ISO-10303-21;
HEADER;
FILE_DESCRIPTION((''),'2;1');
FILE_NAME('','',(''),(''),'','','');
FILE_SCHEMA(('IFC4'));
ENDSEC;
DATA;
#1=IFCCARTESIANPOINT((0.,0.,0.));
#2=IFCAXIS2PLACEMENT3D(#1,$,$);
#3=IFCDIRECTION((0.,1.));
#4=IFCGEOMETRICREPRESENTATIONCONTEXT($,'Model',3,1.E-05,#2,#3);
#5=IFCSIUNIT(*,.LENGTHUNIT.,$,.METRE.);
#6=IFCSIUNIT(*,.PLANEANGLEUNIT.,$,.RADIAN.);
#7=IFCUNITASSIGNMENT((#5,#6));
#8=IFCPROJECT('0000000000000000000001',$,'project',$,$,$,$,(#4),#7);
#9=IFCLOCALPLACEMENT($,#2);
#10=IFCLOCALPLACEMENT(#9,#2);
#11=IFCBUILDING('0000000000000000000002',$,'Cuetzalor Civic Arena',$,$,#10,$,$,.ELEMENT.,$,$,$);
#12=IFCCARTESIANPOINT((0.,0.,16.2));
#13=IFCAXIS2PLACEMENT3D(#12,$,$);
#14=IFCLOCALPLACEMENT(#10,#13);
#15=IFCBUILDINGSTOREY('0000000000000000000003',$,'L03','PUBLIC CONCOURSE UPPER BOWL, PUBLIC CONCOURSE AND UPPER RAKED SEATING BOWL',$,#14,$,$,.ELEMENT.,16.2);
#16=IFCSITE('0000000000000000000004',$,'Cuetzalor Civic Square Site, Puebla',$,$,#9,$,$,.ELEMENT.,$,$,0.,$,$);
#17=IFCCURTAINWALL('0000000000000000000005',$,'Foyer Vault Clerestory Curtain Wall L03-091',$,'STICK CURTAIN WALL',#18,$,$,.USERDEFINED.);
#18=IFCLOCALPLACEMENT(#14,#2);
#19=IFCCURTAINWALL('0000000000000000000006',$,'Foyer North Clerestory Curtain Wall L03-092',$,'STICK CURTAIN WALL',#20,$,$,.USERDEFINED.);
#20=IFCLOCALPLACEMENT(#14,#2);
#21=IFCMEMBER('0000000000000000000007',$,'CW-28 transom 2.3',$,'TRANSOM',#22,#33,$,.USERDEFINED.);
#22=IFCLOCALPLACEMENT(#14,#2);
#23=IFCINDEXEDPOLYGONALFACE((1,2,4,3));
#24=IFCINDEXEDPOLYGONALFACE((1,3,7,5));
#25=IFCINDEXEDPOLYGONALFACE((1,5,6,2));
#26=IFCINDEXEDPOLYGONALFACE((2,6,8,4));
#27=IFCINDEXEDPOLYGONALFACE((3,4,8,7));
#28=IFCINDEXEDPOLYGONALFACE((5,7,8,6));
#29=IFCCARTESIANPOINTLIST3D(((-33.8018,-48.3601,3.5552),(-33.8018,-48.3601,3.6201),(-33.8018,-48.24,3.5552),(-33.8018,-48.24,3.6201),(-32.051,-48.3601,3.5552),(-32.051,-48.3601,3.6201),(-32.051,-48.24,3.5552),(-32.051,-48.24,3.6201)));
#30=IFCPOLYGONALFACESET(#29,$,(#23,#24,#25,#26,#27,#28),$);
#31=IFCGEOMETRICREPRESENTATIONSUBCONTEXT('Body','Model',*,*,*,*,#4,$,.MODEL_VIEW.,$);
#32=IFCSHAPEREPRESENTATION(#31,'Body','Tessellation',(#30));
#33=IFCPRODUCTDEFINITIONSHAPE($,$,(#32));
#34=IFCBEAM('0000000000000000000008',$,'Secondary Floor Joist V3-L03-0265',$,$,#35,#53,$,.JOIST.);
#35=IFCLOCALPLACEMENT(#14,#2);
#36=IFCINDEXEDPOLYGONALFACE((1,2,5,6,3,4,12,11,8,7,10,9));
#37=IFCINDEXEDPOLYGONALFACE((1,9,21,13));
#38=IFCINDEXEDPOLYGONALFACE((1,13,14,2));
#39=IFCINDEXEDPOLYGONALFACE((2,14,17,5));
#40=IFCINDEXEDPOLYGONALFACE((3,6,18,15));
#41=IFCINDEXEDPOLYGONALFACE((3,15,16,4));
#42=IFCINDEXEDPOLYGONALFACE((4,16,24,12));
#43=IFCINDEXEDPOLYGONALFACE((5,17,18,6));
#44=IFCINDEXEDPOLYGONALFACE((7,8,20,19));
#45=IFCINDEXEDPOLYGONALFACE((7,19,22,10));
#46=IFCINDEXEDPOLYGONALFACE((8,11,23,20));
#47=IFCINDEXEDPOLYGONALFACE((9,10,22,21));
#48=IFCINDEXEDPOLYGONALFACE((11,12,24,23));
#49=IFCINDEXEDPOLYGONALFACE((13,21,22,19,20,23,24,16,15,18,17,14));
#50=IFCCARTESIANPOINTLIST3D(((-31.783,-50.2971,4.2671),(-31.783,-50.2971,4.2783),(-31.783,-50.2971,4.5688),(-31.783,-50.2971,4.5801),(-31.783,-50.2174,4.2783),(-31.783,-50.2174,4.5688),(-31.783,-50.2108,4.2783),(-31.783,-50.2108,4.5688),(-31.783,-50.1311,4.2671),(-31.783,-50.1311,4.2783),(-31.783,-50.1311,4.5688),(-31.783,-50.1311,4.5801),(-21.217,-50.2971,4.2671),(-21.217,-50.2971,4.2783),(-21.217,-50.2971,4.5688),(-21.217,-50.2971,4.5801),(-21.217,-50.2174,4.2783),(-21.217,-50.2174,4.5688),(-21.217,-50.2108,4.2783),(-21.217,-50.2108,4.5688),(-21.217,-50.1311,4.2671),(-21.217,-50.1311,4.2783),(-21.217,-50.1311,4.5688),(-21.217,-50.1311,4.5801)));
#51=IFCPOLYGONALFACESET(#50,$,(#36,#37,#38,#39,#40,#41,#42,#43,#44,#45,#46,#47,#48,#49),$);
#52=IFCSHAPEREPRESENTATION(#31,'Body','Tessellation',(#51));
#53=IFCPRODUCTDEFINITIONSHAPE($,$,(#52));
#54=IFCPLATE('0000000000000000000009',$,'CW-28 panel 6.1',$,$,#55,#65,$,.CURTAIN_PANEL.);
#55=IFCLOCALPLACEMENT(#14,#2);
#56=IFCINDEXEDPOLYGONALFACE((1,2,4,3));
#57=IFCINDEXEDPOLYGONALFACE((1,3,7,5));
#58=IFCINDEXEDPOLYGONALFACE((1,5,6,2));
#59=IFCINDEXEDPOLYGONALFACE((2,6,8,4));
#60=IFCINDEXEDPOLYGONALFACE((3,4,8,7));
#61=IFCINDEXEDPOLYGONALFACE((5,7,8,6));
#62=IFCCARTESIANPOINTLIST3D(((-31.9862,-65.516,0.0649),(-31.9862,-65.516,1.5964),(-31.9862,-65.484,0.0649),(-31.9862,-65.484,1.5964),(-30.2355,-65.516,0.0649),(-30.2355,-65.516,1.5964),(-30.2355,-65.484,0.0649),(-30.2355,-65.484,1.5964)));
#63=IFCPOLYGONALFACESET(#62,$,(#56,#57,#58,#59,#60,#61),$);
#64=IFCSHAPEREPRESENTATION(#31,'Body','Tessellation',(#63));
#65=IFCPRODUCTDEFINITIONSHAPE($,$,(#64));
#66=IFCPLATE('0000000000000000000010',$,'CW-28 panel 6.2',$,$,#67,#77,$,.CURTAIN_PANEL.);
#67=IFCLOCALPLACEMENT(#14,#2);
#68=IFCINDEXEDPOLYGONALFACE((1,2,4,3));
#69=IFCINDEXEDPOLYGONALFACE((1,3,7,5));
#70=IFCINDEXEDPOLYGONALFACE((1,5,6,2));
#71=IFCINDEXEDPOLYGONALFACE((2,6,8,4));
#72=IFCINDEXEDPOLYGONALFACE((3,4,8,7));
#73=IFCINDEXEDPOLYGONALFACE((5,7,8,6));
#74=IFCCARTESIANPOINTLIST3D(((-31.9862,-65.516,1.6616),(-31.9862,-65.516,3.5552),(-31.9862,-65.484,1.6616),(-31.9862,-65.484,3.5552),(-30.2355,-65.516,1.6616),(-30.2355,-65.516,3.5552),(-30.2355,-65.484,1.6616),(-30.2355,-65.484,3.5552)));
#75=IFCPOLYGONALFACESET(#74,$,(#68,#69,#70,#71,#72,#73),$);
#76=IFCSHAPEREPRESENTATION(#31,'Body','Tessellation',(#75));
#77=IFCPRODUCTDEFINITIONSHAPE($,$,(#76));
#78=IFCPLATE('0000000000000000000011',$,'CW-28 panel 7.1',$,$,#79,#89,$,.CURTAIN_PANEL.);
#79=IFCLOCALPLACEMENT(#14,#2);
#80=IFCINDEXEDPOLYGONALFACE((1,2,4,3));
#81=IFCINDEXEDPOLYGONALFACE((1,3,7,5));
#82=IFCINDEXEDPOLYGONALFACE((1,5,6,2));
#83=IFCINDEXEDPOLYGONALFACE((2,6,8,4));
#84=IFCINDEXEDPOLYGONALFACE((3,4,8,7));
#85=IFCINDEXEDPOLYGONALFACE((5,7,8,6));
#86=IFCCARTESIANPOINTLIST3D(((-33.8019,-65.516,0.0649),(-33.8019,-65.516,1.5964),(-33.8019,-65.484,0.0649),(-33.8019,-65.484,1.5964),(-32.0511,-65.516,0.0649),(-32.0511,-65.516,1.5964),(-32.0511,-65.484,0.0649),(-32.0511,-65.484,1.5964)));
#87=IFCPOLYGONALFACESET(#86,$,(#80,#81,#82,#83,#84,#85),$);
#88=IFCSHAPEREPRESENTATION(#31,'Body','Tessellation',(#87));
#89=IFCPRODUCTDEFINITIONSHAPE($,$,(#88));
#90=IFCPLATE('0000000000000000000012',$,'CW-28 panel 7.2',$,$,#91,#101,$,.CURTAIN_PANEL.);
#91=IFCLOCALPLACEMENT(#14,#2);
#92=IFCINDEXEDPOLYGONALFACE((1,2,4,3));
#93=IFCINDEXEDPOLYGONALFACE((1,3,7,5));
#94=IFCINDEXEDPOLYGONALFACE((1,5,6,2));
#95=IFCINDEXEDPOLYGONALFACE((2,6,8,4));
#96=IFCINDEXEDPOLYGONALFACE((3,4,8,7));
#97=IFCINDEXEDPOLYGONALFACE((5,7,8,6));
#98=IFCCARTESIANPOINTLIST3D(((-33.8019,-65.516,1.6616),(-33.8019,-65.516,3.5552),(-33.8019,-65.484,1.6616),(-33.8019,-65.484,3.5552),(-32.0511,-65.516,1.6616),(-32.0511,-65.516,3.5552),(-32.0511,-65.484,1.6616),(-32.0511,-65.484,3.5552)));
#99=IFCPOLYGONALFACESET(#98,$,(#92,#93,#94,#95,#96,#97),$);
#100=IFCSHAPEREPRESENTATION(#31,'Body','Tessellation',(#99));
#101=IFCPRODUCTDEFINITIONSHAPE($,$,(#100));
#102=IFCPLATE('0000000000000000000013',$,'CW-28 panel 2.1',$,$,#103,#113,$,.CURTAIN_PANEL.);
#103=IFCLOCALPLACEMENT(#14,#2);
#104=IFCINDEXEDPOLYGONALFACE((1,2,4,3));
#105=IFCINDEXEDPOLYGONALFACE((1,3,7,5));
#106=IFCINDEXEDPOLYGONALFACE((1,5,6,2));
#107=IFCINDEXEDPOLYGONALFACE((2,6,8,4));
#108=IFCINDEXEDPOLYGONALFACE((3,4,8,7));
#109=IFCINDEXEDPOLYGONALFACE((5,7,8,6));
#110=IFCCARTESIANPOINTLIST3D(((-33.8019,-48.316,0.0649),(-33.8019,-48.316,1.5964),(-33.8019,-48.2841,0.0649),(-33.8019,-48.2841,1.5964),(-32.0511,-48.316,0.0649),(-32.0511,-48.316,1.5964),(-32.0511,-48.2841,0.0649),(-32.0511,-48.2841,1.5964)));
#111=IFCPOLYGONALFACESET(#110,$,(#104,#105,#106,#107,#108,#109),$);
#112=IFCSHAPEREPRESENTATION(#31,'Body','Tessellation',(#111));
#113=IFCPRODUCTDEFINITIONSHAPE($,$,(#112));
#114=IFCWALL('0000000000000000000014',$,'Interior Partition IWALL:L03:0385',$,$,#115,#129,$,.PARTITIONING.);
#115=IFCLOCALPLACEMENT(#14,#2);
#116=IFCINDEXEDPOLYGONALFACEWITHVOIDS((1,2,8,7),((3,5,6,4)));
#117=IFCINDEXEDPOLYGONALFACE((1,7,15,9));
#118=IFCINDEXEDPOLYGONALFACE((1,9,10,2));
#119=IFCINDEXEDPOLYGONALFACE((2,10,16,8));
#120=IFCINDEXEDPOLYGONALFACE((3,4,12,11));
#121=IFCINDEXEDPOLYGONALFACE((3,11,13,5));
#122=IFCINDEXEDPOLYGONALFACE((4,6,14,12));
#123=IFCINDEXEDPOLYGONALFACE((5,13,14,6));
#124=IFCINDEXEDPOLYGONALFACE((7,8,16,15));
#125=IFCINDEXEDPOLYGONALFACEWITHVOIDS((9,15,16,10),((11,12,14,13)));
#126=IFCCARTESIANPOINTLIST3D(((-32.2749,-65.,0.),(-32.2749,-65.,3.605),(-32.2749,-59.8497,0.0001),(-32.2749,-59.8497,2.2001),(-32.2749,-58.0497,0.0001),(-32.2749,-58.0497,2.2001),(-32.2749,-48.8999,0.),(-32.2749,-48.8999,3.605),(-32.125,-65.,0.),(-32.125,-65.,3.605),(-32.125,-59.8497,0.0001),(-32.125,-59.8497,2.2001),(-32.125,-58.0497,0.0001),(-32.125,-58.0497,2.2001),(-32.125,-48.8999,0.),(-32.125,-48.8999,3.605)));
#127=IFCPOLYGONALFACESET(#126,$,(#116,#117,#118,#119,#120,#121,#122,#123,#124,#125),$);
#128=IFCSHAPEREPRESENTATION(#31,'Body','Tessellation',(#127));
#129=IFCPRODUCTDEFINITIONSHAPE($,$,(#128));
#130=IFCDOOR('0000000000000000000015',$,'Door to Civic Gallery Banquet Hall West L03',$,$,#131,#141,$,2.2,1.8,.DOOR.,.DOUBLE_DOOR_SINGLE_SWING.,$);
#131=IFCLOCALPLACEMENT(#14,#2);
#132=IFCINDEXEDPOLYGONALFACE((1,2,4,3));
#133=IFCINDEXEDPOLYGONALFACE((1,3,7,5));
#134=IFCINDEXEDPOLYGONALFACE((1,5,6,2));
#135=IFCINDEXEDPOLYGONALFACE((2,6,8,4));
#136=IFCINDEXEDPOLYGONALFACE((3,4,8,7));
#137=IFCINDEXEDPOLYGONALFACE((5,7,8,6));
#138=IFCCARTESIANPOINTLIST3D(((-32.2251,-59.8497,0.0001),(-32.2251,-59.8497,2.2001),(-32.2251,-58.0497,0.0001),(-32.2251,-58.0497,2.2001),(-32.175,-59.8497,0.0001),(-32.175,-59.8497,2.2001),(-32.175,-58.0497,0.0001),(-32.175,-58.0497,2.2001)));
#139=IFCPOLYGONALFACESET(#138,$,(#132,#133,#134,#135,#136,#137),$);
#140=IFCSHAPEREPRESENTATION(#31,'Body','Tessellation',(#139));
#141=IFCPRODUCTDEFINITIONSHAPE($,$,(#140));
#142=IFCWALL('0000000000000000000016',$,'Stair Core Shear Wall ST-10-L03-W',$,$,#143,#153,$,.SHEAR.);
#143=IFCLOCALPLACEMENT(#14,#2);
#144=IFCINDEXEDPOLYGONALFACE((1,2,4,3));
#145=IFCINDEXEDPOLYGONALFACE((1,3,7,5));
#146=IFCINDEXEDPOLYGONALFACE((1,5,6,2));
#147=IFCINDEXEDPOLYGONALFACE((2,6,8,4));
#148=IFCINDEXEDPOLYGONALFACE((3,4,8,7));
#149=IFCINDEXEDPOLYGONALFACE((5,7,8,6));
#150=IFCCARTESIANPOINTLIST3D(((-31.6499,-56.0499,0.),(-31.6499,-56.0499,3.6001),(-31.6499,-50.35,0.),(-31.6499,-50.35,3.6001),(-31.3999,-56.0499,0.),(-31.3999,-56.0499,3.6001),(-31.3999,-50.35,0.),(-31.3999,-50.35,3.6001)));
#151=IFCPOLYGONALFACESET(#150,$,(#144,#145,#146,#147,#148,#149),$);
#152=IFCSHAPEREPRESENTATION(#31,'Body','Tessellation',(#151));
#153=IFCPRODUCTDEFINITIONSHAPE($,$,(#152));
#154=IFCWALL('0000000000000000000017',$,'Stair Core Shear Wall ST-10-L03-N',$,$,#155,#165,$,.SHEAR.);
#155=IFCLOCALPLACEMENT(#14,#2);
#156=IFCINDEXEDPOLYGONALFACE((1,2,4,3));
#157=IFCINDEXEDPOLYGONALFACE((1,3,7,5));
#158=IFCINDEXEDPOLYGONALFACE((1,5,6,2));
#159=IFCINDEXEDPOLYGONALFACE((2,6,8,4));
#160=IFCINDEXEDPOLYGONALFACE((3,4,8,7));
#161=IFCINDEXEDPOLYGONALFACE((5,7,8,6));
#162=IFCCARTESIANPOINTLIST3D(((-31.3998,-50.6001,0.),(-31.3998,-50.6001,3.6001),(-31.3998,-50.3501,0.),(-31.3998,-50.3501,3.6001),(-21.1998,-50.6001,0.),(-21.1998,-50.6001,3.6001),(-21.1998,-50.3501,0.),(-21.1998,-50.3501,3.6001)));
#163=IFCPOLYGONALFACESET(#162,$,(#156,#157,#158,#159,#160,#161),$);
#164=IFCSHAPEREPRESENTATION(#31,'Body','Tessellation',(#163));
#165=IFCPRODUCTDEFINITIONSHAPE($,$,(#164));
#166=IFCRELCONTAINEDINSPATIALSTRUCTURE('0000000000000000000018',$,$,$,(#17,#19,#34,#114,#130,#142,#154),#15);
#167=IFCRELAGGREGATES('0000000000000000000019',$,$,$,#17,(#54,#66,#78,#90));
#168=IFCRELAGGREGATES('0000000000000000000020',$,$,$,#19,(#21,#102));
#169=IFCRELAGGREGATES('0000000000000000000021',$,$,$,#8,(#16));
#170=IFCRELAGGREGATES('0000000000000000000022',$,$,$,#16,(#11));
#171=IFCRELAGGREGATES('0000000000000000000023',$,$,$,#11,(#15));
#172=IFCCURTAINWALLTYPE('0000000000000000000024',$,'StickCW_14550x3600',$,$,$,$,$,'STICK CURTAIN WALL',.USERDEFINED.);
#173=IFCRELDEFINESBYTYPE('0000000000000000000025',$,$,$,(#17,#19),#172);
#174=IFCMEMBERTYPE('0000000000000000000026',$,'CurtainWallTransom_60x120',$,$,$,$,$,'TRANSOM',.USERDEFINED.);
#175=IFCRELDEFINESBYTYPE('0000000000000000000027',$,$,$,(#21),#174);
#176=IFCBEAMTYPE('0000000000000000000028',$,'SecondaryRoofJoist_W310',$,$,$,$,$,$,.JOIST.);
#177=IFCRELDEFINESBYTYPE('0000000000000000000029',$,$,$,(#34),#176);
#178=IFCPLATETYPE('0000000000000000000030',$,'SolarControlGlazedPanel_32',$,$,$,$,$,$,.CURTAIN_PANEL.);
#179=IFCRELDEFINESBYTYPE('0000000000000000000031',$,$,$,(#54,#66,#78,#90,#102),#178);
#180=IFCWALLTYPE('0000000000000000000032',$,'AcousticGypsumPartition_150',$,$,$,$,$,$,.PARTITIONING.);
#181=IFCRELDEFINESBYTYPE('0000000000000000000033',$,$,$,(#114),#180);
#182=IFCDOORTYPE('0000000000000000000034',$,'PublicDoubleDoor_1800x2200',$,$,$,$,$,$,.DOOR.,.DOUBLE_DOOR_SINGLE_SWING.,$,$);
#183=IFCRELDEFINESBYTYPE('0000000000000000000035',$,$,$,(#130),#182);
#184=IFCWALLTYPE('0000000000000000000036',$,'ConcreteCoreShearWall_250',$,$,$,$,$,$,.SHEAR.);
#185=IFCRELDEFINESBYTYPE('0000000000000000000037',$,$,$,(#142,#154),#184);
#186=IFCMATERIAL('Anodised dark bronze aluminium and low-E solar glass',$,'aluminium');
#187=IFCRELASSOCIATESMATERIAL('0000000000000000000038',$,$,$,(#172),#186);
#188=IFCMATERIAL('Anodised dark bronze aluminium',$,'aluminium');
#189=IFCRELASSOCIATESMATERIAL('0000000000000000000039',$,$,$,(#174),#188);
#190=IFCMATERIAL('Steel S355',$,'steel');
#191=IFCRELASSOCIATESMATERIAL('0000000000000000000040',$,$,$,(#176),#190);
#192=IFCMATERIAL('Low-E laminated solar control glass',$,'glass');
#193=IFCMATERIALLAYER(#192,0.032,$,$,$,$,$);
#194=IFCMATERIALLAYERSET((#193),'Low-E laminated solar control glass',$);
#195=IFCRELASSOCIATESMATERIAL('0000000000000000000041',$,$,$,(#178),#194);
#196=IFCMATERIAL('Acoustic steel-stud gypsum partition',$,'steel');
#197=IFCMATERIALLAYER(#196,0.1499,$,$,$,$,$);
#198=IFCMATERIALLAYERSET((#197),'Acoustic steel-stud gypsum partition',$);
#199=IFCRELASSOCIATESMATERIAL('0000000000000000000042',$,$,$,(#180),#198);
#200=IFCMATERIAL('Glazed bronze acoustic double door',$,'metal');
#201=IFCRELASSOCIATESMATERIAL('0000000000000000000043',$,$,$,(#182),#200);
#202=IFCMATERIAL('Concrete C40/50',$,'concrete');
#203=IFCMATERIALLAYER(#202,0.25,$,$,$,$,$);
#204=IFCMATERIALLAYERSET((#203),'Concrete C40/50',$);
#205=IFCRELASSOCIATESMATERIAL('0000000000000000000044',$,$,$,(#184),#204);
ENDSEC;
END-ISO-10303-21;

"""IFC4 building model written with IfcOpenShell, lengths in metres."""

from ifc_helpers import new_model, si_unit, direction, frame, frame_2d, origin, origin_2d, place, context, subcontext, project, spatial, rectangle, i_section, extrude, material, layer, layer_set, material_profile, profile_set, type_object, element, fill, aggregate, save


model = new_model("IFC4")

# Units and contexts
model_context = context("Model", 3, precision=1e-05, world=origin(), true_north=direction((0.0, 1.0)))
body_context = subcontext(model_context, "Body", "Model", "MODEL_VIEW")
ifc_project = project(units=[si_unit("LENGTHUNIT", "METRE"), si_unit("PLANEANGLEUNIT", "RADIAN")], contexts=[model_context])

# Site, building, storey
site_placement = place(None, origin())
site = spatial("IfcSite", under=ifc_project, at=site_placement, Name="Cuetzalor Civic Square Site, Puebla", CompositionType="ELEMENT", RefElevation=0.0)
building_placement = place(site_placement, origin())
building = spatial("IfcBuilding", under=site, at=building_placement, Name="Cuetzalor Civic Arena", CompositionType="ELEMENT")
storey_placement = place(building_placement, frame((0.0, 0.0, 16.2)))
storey = spatial("IfcBuildingStorey", under=building, at=storey_placement, Name="L03", Description="PUBLIC CONCOURSE UPPER BOWL, PUBLIC CONCOURSE AND UPPER RAKED SEATING BOWL", CompositionType="ELEMENT", Elevation=16.2)

# Curtain walls
ifc_material_1 = material(Name="Anodised dark bronze aluminium and low-E solar glass", Category="aluminium")
curtain_wall_type = type_object("IfcCurtainWallType", Name="StickCW_14550x3600", ElementType="STICK CURTAIN WALL", PredefinedType="USERDEFINED", material=ifc_material_1)
curtain_wall_1_placement = place(storey_placement, origin())
curtain_wall_1 = element("IfcCurtainWall", 1, at=curtain_wall_1_placement, inside=storey, type_object=curtain_wall_type, Name="Foyer Vault Clerestory Curtain Wall L03-091", ObjectType="STICK CURTAIN WALL", PredefinedType="USERDEFINED")
curtain_wall_2_placement = place(storey_placement, origin())
curtain_wall_2 = element("IfcCurtainWall", 2, at=curtain_wall_2_placement, inside=storey, type_object=curtain_wall_type, Name="Foyer North Clerestory Curtain Wall L03-092", ObjectType="STICK CURTAIN WALL", PredefinedType="USERDEFINED")

# Member
ifc_material_2 = material(Name="Anodised dark bronze aluminium", Category="aluminium")
ifc_material_profile_1 = material_profile(ifc_material_2, rectangle(XDim=0.1201, YDim=0.0649, at=origin_2d()), Name="ALU TRANSOM 65x120")
ifc_profile_set_1 = profile_set([ifc_material_profile_1], Name="Anodised dark bronze aluminium")
member_type_1 = type_object("IfcMemberType", Name="CurtainWallTransom_60x120", ElementType="TRANSOM", PredefinedType="USERDEFINED", material=ifc_profile_set_1)
member_1_placement = place(storey_placement, frame((-33.8018, -48.3, 3.5876), z_axis=(1.0, 0.0, 0.0), x_axis=(0.0, 1.0, 0.0)))
member_1 = element("IfcMember", 3, at=member_1_placement, type_object=member_type_1, Name="CW-28 transom 2.3", ObjectType="TRANSOM", PredefinedType="USERDEFINED", context=body_context, shape_type="SweptSolid", body=[
    extrude(rectangle(XDim=0.1201, YDim=0.0649, at=origin_2d()), origin(), (0.0, 0.0, 1.0), 1.7507),
])

# Beam
ifc_material_3 = material(Name="Steel S355", Category="steel")
ifc_material_profile_2 = material_profile(ifc_material_3, i_section(OverallWidth=0.166, OverallDepth=0.313, WebThickness=0.0066, FlangeThickness=0.0112, at=origin_2d()), Name="W310x45")
ifc_profile_set_2 = profile_set([ifc_material_profile_2], Name="Steel S355")
beam_type_1 = type_object("IfcBeamType", Name="SecondaryRoofJoist_W310", PredefinedType="JOIST", material=ifc_profile_set_2)
beam_1_placement = place(storey_placement, frame((-31.783, -50.2141, 4.4236), z_axis=(1.0, 0.0, 0.0), x_axis=(0.0, 1.0, 0.0)))
element("IfcBeam", 4, at=beam_1_placement, inside=storey, type_object=beam_type_1, Name="Secondary Floor Joist V3-L03-0265", PredefinedType="JOIST", context=body_context, shape_type="SweptSolid", body=[
    extrude(i_section(OverallWidth=0.166, OverallDepth=0.313, WebThickness=0.0066, FlangeThickness=0.0112, at=origin_2d()), origin(), (0.0, 0.0, 1.0), 10.5659),
])

# Plates
ifc_material_4 = material(Name="Low-E laminated solar control glass", Category="glass")
ifc_layer_1 = layer(ifc_material_4, 0.032)
ifc_layer_set_1 = layer_set([ifc_layer_1], Name="Low-E laminated solar control glass")
plate_type = type_object("IfcPlateType", Name="SolarControlGlazedPanel_32", PredefinedType="CURTAIN_PANEL", material=ifc_layer_set_1)
plate_1_placement = place(storey_placement, frame((-31.1108, -65.5, 0.0649), z_axis=(0.0, 0.0, 1.0), x_axis=(-1.0, 0.0, 0.0)))
plate_1 = element("IfcPlate", 5, at=plate_1_placement, type_object=plate_type, Name="CW-28 panel 6.1", PredefinedType="CURTAIN_PANEL", context=body_context, shape_type="SweptSolid", body=[
    extrude(rectangle(XDim=1.7507, YDim=0.032, at=origin_2d()), origin(), (0.0, 0.0, 1.0), 1.5315),
])
plate_2_placement = place(storey_placement, frame((-31.1108, -65.5, 1.6616), z_axis=(0.0, 0.0, 1.0), x_axis=(-1.0, 0.0, 0.0)))
plate_2 = element("IfcPlate", 6, at=plate_2_placement, type_object=plate_type, Name="CW-28 panel 6.2", PredefinedType="CURTAIN_PANEL", context=body_context, shape_type="SweptSolid", body=[
    extrude(rectangle(XDim=1.7507, YDim=0.032, at=origin_2d()), origin(), (0.0, 0.0, 1.0), 1.8936),
])
plate_3_placement = place(storey_placement, frame((-32.9265, -65.5, 0.0649), z_axis=(0.0, 0.0, 1.0), x_axis=(-1.0, 0.0, 0.0)))
plate_3 = element("IfcPlate", 7, at=plate_3_placement, type_object=plate_type, Name="CW-28 panel 7.1", PredefinedType="CURTAIN_PANEL", context=body_context, shape_type="SweptSolid", body=[
    extrude(rectangle(XDim=1.7507, YDim=0.032, at=origin_2d()), origin(), (0.0, 0.0, 1.0), 1.5315),
])
plate_4_placement = place(storey_placement, frame((-32.9265, -65.5, 1.6616), z_axis=(0.0, 0.0, 1.0), x_axis=(-1.0, 0.0, 0.0)))
plate_4 = element("IfcPlate", 8, at=plate_4_placement, type_object=plate_type, Name="CW-28 panel 7.2", PredefinedType="CURTAIN_PANEL", context=body_context, shape_type="SweptSolid", body=[
    extrude(rectangle(XDim=1.7507, YDim=0.032, at=origin_2d()), origin(), (0.0, 0.0, 1.0), 1.8936),
])
aggregate(curtain_wall_1, [plate_1, plate_2, plate_3, plate_4])
plate_5_placement = place(storey_placement, frame((-32.9265, -48.3, 0.0649), z_axis=(0.0, 0.0, 1.0), x_axis=(1.0, 0.0, 0.0)))
plate_5 = element("IfcPlate", 9, at=plate_5_placement, type_object=plate_type, Name="CW-28 panel 2.1", PredefinedType="CURTAIN_PANEL", context=body_context, shape_type="SweptSolid", body=[
    extrude(rectangle(XDim=1.7507, YDim=0.032, at=origin_2d()), origin(), (0.0, 0.0, 1.0), 1.5315),
])
aggregate(curtain_wall_2, [member_1, plate_5])

# Wall, opening, door
ifc_material_5 = material(Name="Acoustic steel-stud gypsum partition", Category="steel")
ifc_layer_2 = layer(ifc_material_5, 0.1499)
ifc_layer_set_2 = layer_set([ifc_layer_2], Name="Acoustic steel-stud gypsum partition")
wall_type_1 = type_object("IfcWallType", Name="AcousticGypsumPartition_150", PredefinedType="PARTITIONING", material=ifc_layer_set_2)
wall_1_placement = place(storey_placement, frame((-32.2, -48.8999, 0.0), z_axis=(0.0, 0.0, 1.0), x_axis=(0.0, -1.0, 0.0)))
wall_1 = element("IfcWall", 10, at=wall_1_placement, inside=storey, type_object=wall_type_1, Name="Interior Partition IWALL:L03:0385", PredefinedType="PARTITIONING", context=body_context, shape_type="SweptSolid", body=[
    extrude(rectangle(XDim=16.1001, YDim=0.1499, at=frame_2d((8.05, 0.0))), origin(), (0.0, 0.0, 1.0), 3.605),
])
opening_placement = place(wall_1_placement, frame((9.1499, 0.0, 0.0)))
opening = element("IfcOpeningElement", 11, at=opening_placement, cuts=wall_1, PredefinedType="OPENING", context=body_context, shape_type="SweptSolid", body=[
    extrude(rectangle(XDim=1.8, YDim=2.2, at=frame_2d((0.8999, 1.1001))), frame((0.0, 0.085, 0.0), z_axis=(0.0, -1.0, 0.0), x_axis=(1.0, 0.0, 0.0)), (0.0, 0.0, 1.0), 0.1699),
])
ifc_material_6 = material(Name="Glazed bronze acoustic double door", Category="metal")
door_type = type_object("IfcDoorType", Name="PublicDoubleDoor_1800x2200", OperationType="DOUBLE_DOOR_SINGLE_SWING", PredefinedType="DOOR", material=ifc_material_6)
door_placement = place(opening_placement, origin())
door = element("IfcDoor", 12, at=door_placement, inside=storey, type_object=door_type, Name="Door to Civic Gallery Banquet Hall West L03", OperationType="DOUBLE_DOOR_SINGLE_SWING", OverallHeight=2.2, OverallWidth=1.8, PredefinedType="DOOR", context=body_context, shape_type="SweptSolid", body=[
    extrude(rectangle(XDim=1.8, YDim=2.2, at=frame_2d((0.8999, 1.1001))), frame((0.0, 0.0249, 0.0), z_axis=(0.0, -1.0, 0.0), x_axis=(1.0, 0.0, 0.0)), (0.0, 0.0, 1.0), 0.05),
])
fill(opening, door)

# Walls
ifc_material_7 = material(Name="Concrete C40/50", Category="concrete")
ifc_layer_3 = layer(ifc_material_7, 0.25)
ifc_layer_set_3 = layer_set([ifc_layer_3], Name="Concrete C40/50")
wall_type_2 = type_object("IfcWallType", Name="ConcreteCoreShearWall_250", PredefinedType="SHEAR", material=ifc_layer_set_3)
wall_2_placement = place(storey_placement, frame((-31.5249, -56.05, 0.0), z_axis=(0.0, 0.0, 1.0), x_axis=(0.0, 1.0, 0.0)))
element("IfcWall", 13, at=wall_2_placement, inside=storey, type_object=wall_type_2, Name="Stair Core Shear Wall ST-10-L03-W", PredefinedType="SHEAR", context=body_context, shape_type="SweptSolid", body=[
    extrude(rectangle(XDim=5.7, YDim=0.25, at=frame_2d((2.8501, 0.0))), origin(), (0.0, 0.0, 1.0), 3.6001),
])
wall_3_placement = place(storey_placement, frame((-31.3999, -50.4751, 0.0), z_axis=(0.0, 0.0, 1.0), x_axis=(1.0, 0.0, 0.0)))
element("IfcWall", 14, at=wall_3_placement, inside=storey, type_object=wall_type_2, Name="Stair Core Shear Wall ST-10-L03-N", PredefinedType="SHEAR", context=body_context, shape_type="SweptSolid", body=[
    extrude(rectangle(XDim=10.2, YDim=0.25, at=frame_2d((5.1001, 0.0))), origin(), (0.0, 0.0, 1.0), 3.6001),
])

save(model, "model.ifc")
